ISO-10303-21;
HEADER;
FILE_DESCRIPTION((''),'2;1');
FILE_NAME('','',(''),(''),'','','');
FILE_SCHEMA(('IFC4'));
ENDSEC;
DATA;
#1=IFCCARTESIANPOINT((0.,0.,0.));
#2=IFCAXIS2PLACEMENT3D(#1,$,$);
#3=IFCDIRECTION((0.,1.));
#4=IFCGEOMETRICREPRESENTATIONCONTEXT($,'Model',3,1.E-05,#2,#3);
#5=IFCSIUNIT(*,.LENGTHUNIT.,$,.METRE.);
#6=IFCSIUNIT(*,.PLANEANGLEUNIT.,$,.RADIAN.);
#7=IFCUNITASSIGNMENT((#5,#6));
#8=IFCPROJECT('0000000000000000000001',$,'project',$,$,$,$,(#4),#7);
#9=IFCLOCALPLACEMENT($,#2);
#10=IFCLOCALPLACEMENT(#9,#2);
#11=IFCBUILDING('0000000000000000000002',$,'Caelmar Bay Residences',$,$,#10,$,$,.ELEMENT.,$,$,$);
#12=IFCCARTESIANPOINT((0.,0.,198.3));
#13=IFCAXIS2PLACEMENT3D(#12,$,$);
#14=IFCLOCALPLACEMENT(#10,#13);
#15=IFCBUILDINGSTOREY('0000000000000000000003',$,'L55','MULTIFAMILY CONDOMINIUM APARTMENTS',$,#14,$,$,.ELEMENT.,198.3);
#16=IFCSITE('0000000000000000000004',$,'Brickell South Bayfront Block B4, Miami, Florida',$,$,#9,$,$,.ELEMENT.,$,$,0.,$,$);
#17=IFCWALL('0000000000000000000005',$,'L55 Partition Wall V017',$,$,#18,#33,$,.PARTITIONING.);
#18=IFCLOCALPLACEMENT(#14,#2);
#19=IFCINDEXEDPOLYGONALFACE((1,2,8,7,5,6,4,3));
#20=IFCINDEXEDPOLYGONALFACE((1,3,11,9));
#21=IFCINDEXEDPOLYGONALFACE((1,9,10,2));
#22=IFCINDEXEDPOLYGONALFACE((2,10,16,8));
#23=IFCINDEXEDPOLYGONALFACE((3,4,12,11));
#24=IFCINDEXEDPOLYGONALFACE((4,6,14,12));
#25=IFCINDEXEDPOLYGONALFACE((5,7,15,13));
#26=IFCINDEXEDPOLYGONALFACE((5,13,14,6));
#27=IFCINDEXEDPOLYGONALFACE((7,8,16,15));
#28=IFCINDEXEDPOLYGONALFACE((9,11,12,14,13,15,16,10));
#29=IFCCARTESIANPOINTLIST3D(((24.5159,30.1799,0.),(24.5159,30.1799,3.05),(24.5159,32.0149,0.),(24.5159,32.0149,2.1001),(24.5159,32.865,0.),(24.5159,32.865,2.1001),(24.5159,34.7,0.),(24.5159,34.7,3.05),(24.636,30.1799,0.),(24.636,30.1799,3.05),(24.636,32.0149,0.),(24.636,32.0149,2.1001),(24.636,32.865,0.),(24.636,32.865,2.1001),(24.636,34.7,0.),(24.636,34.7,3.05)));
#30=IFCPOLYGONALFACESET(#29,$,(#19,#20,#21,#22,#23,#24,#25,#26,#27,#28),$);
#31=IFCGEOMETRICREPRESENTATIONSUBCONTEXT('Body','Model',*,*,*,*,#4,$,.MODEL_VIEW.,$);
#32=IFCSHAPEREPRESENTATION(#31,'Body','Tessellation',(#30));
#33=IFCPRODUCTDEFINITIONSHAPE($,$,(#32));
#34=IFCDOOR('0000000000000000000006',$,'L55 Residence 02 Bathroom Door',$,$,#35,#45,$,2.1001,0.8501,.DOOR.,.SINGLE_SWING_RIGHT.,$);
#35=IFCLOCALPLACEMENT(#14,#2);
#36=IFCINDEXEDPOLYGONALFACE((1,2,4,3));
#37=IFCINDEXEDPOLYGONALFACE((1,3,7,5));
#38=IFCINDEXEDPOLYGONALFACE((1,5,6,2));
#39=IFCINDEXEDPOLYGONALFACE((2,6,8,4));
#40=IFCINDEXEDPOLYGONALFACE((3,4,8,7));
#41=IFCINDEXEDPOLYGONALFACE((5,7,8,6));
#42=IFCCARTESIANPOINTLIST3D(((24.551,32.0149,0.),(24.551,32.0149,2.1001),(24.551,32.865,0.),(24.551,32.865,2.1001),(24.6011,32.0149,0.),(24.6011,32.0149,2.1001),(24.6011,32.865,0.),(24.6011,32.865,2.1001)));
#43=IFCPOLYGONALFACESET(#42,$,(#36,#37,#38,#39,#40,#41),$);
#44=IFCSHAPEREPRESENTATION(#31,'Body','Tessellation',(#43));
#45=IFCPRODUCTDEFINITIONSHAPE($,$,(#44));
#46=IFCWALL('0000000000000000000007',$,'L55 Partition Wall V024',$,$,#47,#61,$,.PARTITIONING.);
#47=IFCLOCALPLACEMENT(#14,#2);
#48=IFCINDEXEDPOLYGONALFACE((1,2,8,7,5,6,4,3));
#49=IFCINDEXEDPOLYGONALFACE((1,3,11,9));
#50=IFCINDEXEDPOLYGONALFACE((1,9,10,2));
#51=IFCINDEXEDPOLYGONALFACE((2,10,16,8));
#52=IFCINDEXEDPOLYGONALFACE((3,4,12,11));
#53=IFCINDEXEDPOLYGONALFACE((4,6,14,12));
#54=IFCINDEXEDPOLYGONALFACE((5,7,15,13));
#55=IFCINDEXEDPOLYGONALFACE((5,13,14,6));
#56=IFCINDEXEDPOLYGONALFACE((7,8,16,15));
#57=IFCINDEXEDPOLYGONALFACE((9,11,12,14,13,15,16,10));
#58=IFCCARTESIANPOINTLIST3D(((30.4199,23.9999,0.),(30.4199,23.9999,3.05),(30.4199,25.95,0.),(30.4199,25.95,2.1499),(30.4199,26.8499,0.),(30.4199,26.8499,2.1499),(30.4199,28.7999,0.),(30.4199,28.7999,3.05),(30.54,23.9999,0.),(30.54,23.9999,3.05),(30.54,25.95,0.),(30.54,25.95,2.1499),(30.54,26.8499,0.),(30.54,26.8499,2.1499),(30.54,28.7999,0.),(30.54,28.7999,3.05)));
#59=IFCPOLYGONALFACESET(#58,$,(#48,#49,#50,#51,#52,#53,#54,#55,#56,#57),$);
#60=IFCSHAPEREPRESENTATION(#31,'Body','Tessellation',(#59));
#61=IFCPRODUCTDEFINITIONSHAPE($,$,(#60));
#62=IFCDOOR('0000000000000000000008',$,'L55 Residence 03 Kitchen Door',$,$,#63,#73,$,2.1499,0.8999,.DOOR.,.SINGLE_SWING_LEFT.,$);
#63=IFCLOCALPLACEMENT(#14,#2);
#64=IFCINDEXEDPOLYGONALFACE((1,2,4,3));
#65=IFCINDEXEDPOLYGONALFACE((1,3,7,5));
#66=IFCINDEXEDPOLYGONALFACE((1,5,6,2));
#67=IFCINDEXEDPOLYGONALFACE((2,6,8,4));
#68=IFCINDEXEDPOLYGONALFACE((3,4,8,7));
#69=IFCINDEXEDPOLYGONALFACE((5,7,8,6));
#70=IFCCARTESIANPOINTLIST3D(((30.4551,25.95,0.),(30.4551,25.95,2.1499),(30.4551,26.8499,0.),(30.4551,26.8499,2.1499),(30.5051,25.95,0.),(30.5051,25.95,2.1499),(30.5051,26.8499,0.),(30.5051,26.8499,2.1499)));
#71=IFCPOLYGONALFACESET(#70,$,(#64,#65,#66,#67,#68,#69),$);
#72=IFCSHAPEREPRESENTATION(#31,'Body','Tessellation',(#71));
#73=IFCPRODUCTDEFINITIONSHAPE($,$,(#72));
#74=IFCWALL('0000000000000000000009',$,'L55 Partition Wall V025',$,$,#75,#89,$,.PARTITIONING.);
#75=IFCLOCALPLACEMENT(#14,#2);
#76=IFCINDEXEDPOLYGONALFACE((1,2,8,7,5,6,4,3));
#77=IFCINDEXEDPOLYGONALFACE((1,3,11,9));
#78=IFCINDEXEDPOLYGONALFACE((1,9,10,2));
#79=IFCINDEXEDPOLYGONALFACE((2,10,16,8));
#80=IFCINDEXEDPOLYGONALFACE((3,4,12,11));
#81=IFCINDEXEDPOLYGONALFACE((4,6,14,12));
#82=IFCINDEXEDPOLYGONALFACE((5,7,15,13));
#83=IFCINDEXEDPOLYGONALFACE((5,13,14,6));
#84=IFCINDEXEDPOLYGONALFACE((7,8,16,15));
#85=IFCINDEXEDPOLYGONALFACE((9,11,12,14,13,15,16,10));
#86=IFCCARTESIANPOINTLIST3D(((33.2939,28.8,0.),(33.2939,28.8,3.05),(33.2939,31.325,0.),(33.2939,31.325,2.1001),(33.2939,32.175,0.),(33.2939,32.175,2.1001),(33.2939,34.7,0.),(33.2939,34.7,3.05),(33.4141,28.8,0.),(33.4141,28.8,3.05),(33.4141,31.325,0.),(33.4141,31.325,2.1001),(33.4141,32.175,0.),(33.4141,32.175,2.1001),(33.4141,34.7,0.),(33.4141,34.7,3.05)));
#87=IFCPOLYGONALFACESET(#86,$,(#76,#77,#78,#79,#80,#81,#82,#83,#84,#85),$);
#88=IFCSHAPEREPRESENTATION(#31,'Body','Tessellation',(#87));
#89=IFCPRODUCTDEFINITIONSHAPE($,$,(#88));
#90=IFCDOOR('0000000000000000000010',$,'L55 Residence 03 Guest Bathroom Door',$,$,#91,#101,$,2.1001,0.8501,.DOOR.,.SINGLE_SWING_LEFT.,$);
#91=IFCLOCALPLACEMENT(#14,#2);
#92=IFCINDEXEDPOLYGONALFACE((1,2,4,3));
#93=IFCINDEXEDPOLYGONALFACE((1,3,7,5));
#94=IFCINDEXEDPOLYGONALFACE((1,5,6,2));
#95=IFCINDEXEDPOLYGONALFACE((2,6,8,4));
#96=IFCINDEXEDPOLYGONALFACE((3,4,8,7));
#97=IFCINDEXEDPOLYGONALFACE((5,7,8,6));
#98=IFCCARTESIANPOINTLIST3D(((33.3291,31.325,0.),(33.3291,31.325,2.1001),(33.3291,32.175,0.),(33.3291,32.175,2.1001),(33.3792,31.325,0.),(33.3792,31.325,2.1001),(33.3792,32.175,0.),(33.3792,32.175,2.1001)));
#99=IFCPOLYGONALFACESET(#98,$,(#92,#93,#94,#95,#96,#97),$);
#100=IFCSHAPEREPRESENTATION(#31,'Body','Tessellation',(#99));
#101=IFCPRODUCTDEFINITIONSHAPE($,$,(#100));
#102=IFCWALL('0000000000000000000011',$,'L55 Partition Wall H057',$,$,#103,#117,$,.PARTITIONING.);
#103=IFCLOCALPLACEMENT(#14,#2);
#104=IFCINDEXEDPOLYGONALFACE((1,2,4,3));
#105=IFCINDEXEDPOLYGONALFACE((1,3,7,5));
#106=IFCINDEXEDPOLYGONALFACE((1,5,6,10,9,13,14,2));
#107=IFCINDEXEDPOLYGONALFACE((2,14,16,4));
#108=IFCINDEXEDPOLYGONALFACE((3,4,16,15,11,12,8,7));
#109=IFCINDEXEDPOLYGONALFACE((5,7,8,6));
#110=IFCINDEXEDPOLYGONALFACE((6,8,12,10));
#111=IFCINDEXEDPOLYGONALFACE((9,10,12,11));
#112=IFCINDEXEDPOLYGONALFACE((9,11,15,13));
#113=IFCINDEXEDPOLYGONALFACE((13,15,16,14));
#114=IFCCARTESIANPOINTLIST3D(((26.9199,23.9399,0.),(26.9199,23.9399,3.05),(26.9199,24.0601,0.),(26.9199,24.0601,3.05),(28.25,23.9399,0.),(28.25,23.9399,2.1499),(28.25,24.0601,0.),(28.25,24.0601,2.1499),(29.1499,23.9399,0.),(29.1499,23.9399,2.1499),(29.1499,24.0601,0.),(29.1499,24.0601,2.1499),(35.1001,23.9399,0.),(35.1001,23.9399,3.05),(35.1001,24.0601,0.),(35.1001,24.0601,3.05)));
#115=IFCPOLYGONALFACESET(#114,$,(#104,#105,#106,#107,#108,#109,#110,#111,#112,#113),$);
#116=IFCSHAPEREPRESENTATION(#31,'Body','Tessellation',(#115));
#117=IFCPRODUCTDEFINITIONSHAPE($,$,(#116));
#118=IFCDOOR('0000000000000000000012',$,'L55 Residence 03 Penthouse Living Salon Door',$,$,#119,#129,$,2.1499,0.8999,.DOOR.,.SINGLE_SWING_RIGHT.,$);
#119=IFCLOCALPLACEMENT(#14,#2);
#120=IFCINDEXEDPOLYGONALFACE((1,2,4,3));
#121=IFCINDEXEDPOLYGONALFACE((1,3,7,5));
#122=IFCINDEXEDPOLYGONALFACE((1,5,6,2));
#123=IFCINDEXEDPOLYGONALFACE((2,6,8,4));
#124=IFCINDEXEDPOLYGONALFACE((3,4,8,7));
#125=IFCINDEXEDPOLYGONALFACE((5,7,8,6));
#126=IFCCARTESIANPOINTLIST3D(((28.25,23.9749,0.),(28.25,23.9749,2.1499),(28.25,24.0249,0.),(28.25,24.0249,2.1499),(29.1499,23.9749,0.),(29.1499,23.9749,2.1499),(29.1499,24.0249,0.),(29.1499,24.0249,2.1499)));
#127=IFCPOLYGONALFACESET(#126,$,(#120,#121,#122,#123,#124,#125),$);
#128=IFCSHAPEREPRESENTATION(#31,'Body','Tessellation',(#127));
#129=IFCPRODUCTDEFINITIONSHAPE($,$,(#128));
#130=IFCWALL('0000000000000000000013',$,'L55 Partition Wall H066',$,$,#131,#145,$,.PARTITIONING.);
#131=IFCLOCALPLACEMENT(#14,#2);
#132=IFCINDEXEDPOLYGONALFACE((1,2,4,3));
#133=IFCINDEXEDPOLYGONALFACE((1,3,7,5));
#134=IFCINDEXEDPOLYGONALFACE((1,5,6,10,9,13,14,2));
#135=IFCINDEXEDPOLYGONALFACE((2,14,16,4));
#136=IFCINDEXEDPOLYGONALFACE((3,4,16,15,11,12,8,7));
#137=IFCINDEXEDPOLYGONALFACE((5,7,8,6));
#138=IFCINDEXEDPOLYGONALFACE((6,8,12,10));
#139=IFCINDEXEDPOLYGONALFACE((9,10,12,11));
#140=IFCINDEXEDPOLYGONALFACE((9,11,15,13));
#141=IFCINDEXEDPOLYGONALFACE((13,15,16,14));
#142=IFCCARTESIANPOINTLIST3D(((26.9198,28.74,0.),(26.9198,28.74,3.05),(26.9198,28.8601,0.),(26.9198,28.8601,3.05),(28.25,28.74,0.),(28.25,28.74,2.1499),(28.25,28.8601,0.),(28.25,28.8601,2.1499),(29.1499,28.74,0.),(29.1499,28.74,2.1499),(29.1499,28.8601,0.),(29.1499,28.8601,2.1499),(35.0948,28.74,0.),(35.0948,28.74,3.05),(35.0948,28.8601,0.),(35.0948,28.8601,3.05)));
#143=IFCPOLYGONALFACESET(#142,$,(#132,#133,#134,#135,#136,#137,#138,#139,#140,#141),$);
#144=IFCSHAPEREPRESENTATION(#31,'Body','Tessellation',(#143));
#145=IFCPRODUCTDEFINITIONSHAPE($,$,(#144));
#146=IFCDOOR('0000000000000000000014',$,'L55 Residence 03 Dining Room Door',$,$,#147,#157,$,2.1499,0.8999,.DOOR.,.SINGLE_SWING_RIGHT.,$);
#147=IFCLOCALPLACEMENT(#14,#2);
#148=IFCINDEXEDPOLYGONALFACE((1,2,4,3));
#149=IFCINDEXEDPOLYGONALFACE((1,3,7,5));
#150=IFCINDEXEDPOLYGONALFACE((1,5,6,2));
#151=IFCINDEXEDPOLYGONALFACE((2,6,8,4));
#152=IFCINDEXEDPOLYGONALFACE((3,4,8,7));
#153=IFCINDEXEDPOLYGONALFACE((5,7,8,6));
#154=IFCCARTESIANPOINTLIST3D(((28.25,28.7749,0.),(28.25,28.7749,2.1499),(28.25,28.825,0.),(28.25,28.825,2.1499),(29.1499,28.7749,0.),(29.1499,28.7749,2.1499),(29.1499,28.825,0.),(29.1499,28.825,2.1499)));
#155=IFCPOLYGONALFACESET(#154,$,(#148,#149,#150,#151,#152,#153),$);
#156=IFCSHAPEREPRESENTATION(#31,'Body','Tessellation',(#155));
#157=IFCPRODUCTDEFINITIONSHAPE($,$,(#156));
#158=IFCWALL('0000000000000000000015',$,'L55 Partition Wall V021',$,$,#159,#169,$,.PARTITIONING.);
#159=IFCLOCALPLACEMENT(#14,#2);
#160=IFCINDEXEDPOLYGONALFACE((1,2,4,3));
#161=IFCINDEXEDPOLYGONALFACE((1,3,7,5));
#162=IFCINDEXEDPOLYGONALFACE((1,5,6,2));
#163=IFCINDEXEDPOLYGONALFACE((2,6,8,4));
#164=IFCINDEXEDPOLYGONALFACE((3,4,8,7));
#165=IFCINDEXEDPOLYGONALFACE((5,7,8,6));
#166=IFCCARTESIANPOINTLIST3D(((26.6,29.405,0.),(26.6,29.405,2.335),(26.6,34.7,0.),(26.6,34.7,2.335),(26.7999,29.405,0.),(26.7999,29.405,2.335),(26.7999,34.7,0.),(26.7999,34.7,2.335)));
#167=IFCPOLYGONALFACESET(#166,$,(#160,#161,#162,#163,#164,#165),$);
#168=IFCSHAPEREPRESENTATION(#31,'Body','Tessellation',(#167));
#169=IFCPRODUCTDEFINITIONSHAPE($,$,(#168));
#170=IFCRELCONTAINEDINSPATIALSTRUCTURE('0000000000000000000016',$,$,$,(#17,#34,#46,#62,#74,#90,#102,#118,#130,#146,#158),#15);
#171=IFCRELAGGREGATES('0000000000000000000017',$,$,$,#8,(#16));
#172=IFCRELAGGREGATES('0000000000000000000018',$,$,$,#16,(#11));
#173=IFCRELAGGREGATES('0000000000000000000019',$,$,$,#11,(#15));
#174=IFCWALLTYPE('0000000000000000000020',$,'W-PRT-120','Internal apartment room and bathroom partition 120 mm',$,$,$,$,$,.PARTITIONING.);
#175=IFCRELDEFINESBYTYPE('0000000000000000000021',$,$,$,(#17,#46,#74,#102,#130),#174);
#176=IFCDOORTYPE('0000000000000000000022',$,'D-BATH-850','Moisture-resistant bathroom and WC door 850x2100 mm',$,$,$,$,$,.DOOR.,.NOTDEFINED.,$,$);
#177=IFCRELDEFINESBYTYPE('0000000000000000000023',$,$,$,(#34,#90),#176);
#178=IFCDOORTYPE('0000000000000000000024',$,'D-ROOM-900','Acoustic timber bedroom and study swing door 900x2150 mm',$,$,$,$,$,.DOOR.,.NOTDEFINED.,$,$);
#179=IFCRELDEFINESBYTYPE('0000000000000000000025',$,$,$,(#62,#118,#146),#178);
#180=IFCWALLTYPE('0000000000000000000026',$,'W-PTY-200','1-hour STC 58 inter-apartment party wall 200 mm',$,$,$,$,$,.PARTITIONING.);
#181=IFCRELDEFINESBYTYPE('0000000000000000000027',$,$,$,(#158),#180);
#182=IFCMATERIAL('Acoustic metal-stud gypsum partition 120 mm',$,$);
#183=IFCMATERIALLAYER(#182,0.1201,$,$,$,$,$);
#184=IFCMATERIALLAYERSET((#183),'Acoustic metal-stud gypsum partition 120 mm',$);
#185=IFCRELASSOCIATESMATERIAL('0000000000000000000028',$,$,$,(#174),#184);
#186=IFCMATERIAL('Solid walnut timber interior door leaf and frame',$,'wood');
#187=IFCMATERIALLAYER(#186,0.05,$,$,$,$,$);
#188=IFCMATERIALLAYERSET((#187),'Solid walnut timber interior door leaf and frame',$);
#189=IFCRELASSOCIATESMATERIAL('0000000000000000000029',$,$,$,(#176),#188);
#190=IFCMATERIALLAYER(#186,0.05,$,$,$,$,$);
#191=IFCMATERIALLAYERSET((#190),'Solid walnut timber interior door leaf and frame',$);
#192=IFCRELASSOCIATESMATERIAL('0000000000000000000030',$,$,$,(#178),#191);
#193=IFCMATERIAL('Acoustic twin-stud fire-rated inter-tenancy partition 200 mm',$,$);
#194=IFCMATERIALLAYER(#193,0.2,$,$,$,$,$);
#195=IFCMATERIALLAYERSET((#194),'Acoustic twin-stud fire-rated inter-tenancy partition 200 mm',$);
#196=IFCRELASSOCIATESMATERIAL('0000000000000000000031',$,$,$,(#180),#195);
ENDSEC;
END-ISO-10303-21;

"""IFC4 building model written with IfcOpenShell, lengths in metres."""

from ifc_helpers import new_model, si_unit, direction, frame, frame_2d, origin, place, context, subcontext, project, spatial, rectangle, extrude, material, layer, layer_set, type_object, element, fill, save


model = new_model("IFC4")

# Units and contexts
model_context = context("Model", 3, precision=1e-05, world=origin(), true_north=direction((0.0, 1.0)))
body_context = subcontext(model_context, "Body", "Model", "MODEL_VIEW")
ifc_project = project(units=[si_unit("LENGTHUNIT", "METRE"), si_unit("PLANEANGLEUNIT", "RADIAN")], contexts=[model_context])

# Site, building, storey
site_placement = place(None, origin())
site = spatial("IfcSite", under=ifc_project, at=site_placement, Name="Brickell South Bayfront Block B4, Miami, Florida", CompositionType="ELEMENT", RefElevation=0.0)
building_placement = place(site_placement, origin())
building = spatial("IfcBuilding", under=site, at=building_placement, Name="Caelmar Bay Residences", CompositionType="ELEMENT")
storey_placement = place(building_placement, frame((0.0, 0.0, 198.3)))
storey = spatial("IfcBuildingStorey", under=building, at=storey_placement, Name="L55", Description="MULTIFAMILY CONDOMINIUM APARTMENTS", CompositionType="ELEMENT", Elevation=198.3)

# Walls, openings, doors
ifc_material_1 = material(Name="Acoustic metal-stud gypsum partition 120 mm")
ifc_layer_1 = layer(ifc_material_1, 0.1201)
ifc_layer_set_1 = layer_set([ifc_layer_1], Name="Acoustic metal-stud gypsum partition 120 mm")
wall_type_1 = type_object("IfcWallType", Name="W-PRT-120", Description="Internal apartment room and bathroom partition 120 mm", PredefinedType="PARTITIONING", material=ifc_layer_set_1)
wall_1_placement = place(storey_placement, frame((24.5759, 30.1799, 0.0), z_axis=(0.0, 0.0, 1.0), x_axis=(0.0, 1.0, 0.0)))
wall_1 = element("IfcWall", 1, at=wall_1_placement, inside=storey, type_object=wall_type_1, Name="L55 Partition Wall V017", PredefinedType="PARTITIONING", context=body_context, shape_type="SweptSolid", body=[
    extrude(rectangle(XDim=4.52, YDim=0.1201, at=frame_2d((2.26, 0.0))), origin(), (0.0, 0.0, 1.0), 3.05),
])
opening_1_placement = place(wall_1_placement, frame((1.835, 0.0, 0.0)))
opening_1 = element("IfcOpeningElement", 2, at=opening_1_placement, cuts=wall_1, PredefinedType="OPENING", context=body_context, shape_type="SweptSolid", body=[
    extrude(rectangle(XDim=0.8501, YDim=2.1001, at=frame_2d((0.425, 1.05))), frame((0.0, 0.0701, 0.0), z_axis=(0.0, -1.0, 0.0), x_axis=(1.0, 0.0, 0.0)), (0.0, 0.0, 1.0), 0.1401),
])
ifc_material_2 = material(Name="Solid walnut timber interior door leaf and frame", Category="wood")
ifc_layer_2 = layer(ifc_material_2, 0.05)
ifc_layer_set_2 = layer_set([ifc_layer_2], Name="Solid walnut timber interior door leaf and frame")
door_type_1 = type_object("IfcDoorType", Name="D-BATH-850", Description="Moisture-resistant bathroom and WC door 850x2100 mm", OperationType="NOTDEFINED", PredefinedType="DOOR", material=ifc_layer_set_2)
door_1_placement = place(opening_1_placement, origin())
door_1 = element("IfcDoor", 3, at=door_1_placement, inside=storey, type_object=door_type_1, Name="L55 Residence 02 Bathroom Door", OperationType="SINGLE_SWING_RIGHT", OverallHeight=2.1001, OverallWidth=0.8501, PredefinedType="DOOR", context=body_context, shape_type="SweptSolid", body=[
    extrude(rectangle(XDim=0.8501, YDim=2.1001, at=frame_2d((0.425, 1.05))), frame((0.0, 0.0249, 0.0), z_axis=(0.0, -1.0, 0.0), x_axis=(1.0, 0.0, 0.0)), (0.0, 0.0, 1.0), 0.05),
])
fill(opening_1, door_1)
wall_2_placement = place(storey_placement, frame((30.48, 24.0, 0.0), z_axis=(0.0, 0.0, 1.0), x_axis=(0.0, 1.0, 0.0)))
wall_2 = element("IfcWall", 4, at=wall_2_placement, inside=storey, type_object=wall_type_1, Name="L55 Partition Wall V024", PredefinedType="PARTITIONING", context=body_context, shape_type="SweptSolid", body=[
    extrude(rectangle(XDim=4.8, YDim=0.1201, at=frame_2d((2.3999, 0.0))), origin(), (0.0, 0.0, 1.0), 3.05),
])
opening_2_placement = place(wall_2_placement, frame((1.95, 0.0, 0.0)))
opening_2 = element("IfcOpeningElement", 5, at=opening_2_placement, cuts=wall_2, PredefinedType="OPENING", context=body_context, shape_type="SweptSolid", body=[
    extrude(rectangle(XDim=0.8999, YDim=2.1499, at=frame_2d((0.45, 1.075))), frame((0.0, 0.0701, 0.0), z_axis=(0.0, -1.0, 0.0), x_axis=(1.0, 0.0, 0.0)), (0.0, 0.0, 1.0), 0.1401),
])
ifc_layer_3 = layer(ifc_material_2, 0.05)
ifc_layer_set_3 = layer_set([ifc_layer_3], Name="Solid walnut timber interior door leaf and frame")
door_type_2 = type_object("IfcDoorType", Name="D-ROOM-900", Description="Acoustic timber bedroom and study swing door 900x2150 mm", OperationType="NOTDEFINED", PredefinedType="DOOR", material=ifc_layer_set_3)
door_2_placement = place(opening_2_placement, origin())
door_2 = element("IfcDoor", 6, at=door_2_placement, inside=storey, type_object=door_type_2, Name="L55 Residence 03 Kitchen Door", OperationType="SINGLE_SWING_LEFT", OverallHeight=2.1499, OverallWidth=0.8999, PredefinedType="DOOR", context=body_context, shape_type="SweptSolid", body=[
    extrude(rectangle(XDim=0.8999, YDim=2.1499, at=frame_2d((0.45, 1.075))), frame((0.0, 0.0249, 0.0), z_axis=(0.0, -1.0, 0.0), x_axis=(1.0, 0.0, 0.0)), (0.0, 0.0, 1.0), 0.05),
])
fill(opening_2, door_2)
wall_3_placement = place(storey_placement, frame((33.354, 28.8, 0.0), z_axis=(0.0, 0.0, 1.0), x_axis=(0.0, 1.0, 0.0)))
wall_3 = element("IfcWall", 7, at=wall_3_placement, inside=storey, type_object=wall_type_1, Name="L55 Partition Wall V025", PredefinedType="PARTITIONING", context=body_context, shape_type="SweptSolid", body=[
    extrude(rectangle(XDim=5.8999, YDim=0.1201, at=frame_2d((2.95, 0.0))), origin(), (0.0, 0.0, 1.0), 3.05),
])
opening_3_placement = place(wall_3_placement, frame((2.5249, 0.0, 0.0)))
opening_3 = element("IfcOpeningElement", 8, at=opening_3_placement, cuts=wall_3, PredefinedType="OPENING", context=body_context, shape_type="SweptSolid", body=[
    extrude(rectangle(XDim=0.8501, YDim=2.1001, at=frame_2d((0.425, 1.05))), frame((0.0, 0.0701, 0.0), z_axis=(0.0, -1.0, 0.0), x_axis=(1.0, 0.0, 0.0)), (0.0, 0.0, 1.0), 0.1401),
])
door_3_placement = place(opening_3_placement, origin())
door_3 = element("IfcDoor", 9, at=door_3_placement, inside=storey, type_object=door_type_1, Name="L55 Residence 03 Guest Bathroom Door", OperationType="SINGLE_SWING_LEFT", OverallHeight=2.1001, OverallWidth=0.8501, PredefinedType="DOOR", context=body_context, shape_type="SweptSolid", body=[
    extrude(rectangle(XDim=0.8501, YDim=2.1001, at=frame_2d((0.425, 1.05))), frame((0.0, 0.0249, 0.0), z_axis=(0.0, -1.0, 0.0), x_axis=(1.0, 0.0, 0.0)), (0.0, 0.0, 1.0), 0.05),
])
fill(opening_3, door_3)
wall_4_placement = place(storey_placement, frame((26.9199, 24.0, 0.0), z_axis=(0.0, 0.0, 1.0), x_axis=(1.0, 0.0, 0.0)))
wall_4 = element("IfcWall", 10, at=wall_4_placement, inside=storey, type_object=wall_type_1, Name="L55 Partition Wall H057", PredefinedType="PARTITIONING", context=body_context, shape_type="SweptSolid", body=[
    extrude(rectangle(XDim=8.1802, YDim=0.1201, at=frame_2d((4.0901, 0.0))), origin(), (0.0, 0.0, 1.0), 3.05),
])
opening_4_placement = place(wall_4_placement, frame((1.3301, 0.0, 0.0)))
opening_4 = element("IfcOpeningElement", 11, at=opening_4_placement, cuts=wall_4, PredefinedType="OPENING", context=body_context, shape_type="SweptSolid", body=[
    extrude(rectangle(XDim=0.8999, YDim=2.1499, at=frame_2d((0.45, 1.075))), frame((0.0, 0.0701, 0.0), z_axis=(0.0, -1.0, 0.0), x_axis=(1.0, 0.0, 0.0)), (0.0, 0.0, 1.0), 0.1401),
])
door_4_placement = place(opening_4_placement, origin())
door_4 = element("IfcDoor", 12, at=door_4_placement, inside=storey, type_object=door_type_2, Name="L55 Residence 03 Penthouse Living Salon Door", OperationType="SINGLE_SWING_RIGHT", OverallHeight=2.1499, OverallWidth=0.8999, PredefinedType="DOOR", context=body_context, shape_type="SweptSolid", body=[
    extrude(rectangle(XDim=0.8999, YDim=2.1499, at=frame_2d((0.45, 1.075))), frame((0.0, 0.0249, 0.0), z_axis=(0.0, -1.0, 0.0), x_axis=(1.0, 0.0, 0.0)), (0.0, 0.0, 1.0), 0.05),
])
fill(opening_4, door_4)
wall_5_placement = place(storey_placement, frame((26.9199, 28.8, 0.0), z_axis=(0.0, 0.0, 1.0), x_axis=(1.0, 0.0, 0.0)))
wall_5 = element("IfcWall", 13, at=wall_5_placement, inside=storey, type_object=wall_type_1, Name="L55 Partition Wall H066", PredefinedType="PARTITIONING", context=body_context, shape_type="SweptSolid", body=[
    extrude(rectangle(XDim=8.175, YDim=0.1201, at=frame_2d((4.0874, 0.0))), origin(), (0.0, 0.0, 1.0), 3.05),
])
opening_5_placement = place(wall_5_placement, frame((1.3301, 0.0, 0.0)))
opening_5 = element("IfcOpeningElement", 14, at=opening_5_placement, cuts=wall_5, PredefinedType="OPENING", context=body_context, shape_type="SweptSolid", body=[
    extrude(rectangle(XDim=0.8999, YDim=2.1499, at=frame_2d((0.45, 1.075))), frame((0.0, 0.0701, 0.0), z_axis=(0.0, -1.0, 0.0), x_axis=(1.0, 0.0, 0.0)), (0.0, 0.0, 1.0), 0.1401),
])
door_5_placement = place(opening_5_placement, origin())
door_5 = element("IfcDoor", 15, at=door_5_placement, inside=storey, type_object=door_type_2, Name="L55 Residence 03 Dining Room Door", OperationType="SINGLE_SWING_RIGHT", OverallHeight=2.1499, OverallWidth=0.8999, PredefinedType="DOOR", context=body_context, shape_type="SweptSolid", body=[
    extrude(rectangle(XDim=0.8999, YDim=2.1499, at=frame_2d((0.45, 1.075))), frame((0.0, 0.0249, 0.0), z_axis=(0.0, -1.0, 0.0), x_axis=(1.0, 0.0, 0.0)), (0.0, 0.0, 1.0), 0.05),
])
fill(opening_5, door_5)

# Wall
ifc_material_3 = material(Name="Acoustic twin-stud fire-rated inter-tenancy partition 200 mm")
ifc_layer_4 = layer(ifc_material_3, 0.2)
ifc_layer_set_4 = layer_set([ifc_layer_4], Name="Acoustic twin-stud fire-rated inter-tenancy partition 200 mm")
wall_type_2 = type_object("IfcWallType", Name="W-PTY-200", Description="1-hour STC 58 inter-apartment party wall 200 mm", PredefinedType="PARTITIONING", material=ifc_layer_set_4)
wall_6_placement = place(storey_placement, frame((26.7, 29.405, 0.0), z_axis=(0.0, 0.0, 1.0), x_axis=(0.0, 1.0, 0.0)))
element("IfcWall", 16, at=wall_6_placement, inside=storey, type_object=wall_type_2, Name="L55 Partition Wall V021", PredefinedType="PARTITIONING", context=body_context, shape_type="SweptSolid", body=[
    extrude(rectangle(XDim=5.2949, YDim=0.2, at=frame_2d((2.6475, 0.0))), origin(), (0.0, 0.0, 1.0), 2.335),
])

save(model, "model.ifc")
